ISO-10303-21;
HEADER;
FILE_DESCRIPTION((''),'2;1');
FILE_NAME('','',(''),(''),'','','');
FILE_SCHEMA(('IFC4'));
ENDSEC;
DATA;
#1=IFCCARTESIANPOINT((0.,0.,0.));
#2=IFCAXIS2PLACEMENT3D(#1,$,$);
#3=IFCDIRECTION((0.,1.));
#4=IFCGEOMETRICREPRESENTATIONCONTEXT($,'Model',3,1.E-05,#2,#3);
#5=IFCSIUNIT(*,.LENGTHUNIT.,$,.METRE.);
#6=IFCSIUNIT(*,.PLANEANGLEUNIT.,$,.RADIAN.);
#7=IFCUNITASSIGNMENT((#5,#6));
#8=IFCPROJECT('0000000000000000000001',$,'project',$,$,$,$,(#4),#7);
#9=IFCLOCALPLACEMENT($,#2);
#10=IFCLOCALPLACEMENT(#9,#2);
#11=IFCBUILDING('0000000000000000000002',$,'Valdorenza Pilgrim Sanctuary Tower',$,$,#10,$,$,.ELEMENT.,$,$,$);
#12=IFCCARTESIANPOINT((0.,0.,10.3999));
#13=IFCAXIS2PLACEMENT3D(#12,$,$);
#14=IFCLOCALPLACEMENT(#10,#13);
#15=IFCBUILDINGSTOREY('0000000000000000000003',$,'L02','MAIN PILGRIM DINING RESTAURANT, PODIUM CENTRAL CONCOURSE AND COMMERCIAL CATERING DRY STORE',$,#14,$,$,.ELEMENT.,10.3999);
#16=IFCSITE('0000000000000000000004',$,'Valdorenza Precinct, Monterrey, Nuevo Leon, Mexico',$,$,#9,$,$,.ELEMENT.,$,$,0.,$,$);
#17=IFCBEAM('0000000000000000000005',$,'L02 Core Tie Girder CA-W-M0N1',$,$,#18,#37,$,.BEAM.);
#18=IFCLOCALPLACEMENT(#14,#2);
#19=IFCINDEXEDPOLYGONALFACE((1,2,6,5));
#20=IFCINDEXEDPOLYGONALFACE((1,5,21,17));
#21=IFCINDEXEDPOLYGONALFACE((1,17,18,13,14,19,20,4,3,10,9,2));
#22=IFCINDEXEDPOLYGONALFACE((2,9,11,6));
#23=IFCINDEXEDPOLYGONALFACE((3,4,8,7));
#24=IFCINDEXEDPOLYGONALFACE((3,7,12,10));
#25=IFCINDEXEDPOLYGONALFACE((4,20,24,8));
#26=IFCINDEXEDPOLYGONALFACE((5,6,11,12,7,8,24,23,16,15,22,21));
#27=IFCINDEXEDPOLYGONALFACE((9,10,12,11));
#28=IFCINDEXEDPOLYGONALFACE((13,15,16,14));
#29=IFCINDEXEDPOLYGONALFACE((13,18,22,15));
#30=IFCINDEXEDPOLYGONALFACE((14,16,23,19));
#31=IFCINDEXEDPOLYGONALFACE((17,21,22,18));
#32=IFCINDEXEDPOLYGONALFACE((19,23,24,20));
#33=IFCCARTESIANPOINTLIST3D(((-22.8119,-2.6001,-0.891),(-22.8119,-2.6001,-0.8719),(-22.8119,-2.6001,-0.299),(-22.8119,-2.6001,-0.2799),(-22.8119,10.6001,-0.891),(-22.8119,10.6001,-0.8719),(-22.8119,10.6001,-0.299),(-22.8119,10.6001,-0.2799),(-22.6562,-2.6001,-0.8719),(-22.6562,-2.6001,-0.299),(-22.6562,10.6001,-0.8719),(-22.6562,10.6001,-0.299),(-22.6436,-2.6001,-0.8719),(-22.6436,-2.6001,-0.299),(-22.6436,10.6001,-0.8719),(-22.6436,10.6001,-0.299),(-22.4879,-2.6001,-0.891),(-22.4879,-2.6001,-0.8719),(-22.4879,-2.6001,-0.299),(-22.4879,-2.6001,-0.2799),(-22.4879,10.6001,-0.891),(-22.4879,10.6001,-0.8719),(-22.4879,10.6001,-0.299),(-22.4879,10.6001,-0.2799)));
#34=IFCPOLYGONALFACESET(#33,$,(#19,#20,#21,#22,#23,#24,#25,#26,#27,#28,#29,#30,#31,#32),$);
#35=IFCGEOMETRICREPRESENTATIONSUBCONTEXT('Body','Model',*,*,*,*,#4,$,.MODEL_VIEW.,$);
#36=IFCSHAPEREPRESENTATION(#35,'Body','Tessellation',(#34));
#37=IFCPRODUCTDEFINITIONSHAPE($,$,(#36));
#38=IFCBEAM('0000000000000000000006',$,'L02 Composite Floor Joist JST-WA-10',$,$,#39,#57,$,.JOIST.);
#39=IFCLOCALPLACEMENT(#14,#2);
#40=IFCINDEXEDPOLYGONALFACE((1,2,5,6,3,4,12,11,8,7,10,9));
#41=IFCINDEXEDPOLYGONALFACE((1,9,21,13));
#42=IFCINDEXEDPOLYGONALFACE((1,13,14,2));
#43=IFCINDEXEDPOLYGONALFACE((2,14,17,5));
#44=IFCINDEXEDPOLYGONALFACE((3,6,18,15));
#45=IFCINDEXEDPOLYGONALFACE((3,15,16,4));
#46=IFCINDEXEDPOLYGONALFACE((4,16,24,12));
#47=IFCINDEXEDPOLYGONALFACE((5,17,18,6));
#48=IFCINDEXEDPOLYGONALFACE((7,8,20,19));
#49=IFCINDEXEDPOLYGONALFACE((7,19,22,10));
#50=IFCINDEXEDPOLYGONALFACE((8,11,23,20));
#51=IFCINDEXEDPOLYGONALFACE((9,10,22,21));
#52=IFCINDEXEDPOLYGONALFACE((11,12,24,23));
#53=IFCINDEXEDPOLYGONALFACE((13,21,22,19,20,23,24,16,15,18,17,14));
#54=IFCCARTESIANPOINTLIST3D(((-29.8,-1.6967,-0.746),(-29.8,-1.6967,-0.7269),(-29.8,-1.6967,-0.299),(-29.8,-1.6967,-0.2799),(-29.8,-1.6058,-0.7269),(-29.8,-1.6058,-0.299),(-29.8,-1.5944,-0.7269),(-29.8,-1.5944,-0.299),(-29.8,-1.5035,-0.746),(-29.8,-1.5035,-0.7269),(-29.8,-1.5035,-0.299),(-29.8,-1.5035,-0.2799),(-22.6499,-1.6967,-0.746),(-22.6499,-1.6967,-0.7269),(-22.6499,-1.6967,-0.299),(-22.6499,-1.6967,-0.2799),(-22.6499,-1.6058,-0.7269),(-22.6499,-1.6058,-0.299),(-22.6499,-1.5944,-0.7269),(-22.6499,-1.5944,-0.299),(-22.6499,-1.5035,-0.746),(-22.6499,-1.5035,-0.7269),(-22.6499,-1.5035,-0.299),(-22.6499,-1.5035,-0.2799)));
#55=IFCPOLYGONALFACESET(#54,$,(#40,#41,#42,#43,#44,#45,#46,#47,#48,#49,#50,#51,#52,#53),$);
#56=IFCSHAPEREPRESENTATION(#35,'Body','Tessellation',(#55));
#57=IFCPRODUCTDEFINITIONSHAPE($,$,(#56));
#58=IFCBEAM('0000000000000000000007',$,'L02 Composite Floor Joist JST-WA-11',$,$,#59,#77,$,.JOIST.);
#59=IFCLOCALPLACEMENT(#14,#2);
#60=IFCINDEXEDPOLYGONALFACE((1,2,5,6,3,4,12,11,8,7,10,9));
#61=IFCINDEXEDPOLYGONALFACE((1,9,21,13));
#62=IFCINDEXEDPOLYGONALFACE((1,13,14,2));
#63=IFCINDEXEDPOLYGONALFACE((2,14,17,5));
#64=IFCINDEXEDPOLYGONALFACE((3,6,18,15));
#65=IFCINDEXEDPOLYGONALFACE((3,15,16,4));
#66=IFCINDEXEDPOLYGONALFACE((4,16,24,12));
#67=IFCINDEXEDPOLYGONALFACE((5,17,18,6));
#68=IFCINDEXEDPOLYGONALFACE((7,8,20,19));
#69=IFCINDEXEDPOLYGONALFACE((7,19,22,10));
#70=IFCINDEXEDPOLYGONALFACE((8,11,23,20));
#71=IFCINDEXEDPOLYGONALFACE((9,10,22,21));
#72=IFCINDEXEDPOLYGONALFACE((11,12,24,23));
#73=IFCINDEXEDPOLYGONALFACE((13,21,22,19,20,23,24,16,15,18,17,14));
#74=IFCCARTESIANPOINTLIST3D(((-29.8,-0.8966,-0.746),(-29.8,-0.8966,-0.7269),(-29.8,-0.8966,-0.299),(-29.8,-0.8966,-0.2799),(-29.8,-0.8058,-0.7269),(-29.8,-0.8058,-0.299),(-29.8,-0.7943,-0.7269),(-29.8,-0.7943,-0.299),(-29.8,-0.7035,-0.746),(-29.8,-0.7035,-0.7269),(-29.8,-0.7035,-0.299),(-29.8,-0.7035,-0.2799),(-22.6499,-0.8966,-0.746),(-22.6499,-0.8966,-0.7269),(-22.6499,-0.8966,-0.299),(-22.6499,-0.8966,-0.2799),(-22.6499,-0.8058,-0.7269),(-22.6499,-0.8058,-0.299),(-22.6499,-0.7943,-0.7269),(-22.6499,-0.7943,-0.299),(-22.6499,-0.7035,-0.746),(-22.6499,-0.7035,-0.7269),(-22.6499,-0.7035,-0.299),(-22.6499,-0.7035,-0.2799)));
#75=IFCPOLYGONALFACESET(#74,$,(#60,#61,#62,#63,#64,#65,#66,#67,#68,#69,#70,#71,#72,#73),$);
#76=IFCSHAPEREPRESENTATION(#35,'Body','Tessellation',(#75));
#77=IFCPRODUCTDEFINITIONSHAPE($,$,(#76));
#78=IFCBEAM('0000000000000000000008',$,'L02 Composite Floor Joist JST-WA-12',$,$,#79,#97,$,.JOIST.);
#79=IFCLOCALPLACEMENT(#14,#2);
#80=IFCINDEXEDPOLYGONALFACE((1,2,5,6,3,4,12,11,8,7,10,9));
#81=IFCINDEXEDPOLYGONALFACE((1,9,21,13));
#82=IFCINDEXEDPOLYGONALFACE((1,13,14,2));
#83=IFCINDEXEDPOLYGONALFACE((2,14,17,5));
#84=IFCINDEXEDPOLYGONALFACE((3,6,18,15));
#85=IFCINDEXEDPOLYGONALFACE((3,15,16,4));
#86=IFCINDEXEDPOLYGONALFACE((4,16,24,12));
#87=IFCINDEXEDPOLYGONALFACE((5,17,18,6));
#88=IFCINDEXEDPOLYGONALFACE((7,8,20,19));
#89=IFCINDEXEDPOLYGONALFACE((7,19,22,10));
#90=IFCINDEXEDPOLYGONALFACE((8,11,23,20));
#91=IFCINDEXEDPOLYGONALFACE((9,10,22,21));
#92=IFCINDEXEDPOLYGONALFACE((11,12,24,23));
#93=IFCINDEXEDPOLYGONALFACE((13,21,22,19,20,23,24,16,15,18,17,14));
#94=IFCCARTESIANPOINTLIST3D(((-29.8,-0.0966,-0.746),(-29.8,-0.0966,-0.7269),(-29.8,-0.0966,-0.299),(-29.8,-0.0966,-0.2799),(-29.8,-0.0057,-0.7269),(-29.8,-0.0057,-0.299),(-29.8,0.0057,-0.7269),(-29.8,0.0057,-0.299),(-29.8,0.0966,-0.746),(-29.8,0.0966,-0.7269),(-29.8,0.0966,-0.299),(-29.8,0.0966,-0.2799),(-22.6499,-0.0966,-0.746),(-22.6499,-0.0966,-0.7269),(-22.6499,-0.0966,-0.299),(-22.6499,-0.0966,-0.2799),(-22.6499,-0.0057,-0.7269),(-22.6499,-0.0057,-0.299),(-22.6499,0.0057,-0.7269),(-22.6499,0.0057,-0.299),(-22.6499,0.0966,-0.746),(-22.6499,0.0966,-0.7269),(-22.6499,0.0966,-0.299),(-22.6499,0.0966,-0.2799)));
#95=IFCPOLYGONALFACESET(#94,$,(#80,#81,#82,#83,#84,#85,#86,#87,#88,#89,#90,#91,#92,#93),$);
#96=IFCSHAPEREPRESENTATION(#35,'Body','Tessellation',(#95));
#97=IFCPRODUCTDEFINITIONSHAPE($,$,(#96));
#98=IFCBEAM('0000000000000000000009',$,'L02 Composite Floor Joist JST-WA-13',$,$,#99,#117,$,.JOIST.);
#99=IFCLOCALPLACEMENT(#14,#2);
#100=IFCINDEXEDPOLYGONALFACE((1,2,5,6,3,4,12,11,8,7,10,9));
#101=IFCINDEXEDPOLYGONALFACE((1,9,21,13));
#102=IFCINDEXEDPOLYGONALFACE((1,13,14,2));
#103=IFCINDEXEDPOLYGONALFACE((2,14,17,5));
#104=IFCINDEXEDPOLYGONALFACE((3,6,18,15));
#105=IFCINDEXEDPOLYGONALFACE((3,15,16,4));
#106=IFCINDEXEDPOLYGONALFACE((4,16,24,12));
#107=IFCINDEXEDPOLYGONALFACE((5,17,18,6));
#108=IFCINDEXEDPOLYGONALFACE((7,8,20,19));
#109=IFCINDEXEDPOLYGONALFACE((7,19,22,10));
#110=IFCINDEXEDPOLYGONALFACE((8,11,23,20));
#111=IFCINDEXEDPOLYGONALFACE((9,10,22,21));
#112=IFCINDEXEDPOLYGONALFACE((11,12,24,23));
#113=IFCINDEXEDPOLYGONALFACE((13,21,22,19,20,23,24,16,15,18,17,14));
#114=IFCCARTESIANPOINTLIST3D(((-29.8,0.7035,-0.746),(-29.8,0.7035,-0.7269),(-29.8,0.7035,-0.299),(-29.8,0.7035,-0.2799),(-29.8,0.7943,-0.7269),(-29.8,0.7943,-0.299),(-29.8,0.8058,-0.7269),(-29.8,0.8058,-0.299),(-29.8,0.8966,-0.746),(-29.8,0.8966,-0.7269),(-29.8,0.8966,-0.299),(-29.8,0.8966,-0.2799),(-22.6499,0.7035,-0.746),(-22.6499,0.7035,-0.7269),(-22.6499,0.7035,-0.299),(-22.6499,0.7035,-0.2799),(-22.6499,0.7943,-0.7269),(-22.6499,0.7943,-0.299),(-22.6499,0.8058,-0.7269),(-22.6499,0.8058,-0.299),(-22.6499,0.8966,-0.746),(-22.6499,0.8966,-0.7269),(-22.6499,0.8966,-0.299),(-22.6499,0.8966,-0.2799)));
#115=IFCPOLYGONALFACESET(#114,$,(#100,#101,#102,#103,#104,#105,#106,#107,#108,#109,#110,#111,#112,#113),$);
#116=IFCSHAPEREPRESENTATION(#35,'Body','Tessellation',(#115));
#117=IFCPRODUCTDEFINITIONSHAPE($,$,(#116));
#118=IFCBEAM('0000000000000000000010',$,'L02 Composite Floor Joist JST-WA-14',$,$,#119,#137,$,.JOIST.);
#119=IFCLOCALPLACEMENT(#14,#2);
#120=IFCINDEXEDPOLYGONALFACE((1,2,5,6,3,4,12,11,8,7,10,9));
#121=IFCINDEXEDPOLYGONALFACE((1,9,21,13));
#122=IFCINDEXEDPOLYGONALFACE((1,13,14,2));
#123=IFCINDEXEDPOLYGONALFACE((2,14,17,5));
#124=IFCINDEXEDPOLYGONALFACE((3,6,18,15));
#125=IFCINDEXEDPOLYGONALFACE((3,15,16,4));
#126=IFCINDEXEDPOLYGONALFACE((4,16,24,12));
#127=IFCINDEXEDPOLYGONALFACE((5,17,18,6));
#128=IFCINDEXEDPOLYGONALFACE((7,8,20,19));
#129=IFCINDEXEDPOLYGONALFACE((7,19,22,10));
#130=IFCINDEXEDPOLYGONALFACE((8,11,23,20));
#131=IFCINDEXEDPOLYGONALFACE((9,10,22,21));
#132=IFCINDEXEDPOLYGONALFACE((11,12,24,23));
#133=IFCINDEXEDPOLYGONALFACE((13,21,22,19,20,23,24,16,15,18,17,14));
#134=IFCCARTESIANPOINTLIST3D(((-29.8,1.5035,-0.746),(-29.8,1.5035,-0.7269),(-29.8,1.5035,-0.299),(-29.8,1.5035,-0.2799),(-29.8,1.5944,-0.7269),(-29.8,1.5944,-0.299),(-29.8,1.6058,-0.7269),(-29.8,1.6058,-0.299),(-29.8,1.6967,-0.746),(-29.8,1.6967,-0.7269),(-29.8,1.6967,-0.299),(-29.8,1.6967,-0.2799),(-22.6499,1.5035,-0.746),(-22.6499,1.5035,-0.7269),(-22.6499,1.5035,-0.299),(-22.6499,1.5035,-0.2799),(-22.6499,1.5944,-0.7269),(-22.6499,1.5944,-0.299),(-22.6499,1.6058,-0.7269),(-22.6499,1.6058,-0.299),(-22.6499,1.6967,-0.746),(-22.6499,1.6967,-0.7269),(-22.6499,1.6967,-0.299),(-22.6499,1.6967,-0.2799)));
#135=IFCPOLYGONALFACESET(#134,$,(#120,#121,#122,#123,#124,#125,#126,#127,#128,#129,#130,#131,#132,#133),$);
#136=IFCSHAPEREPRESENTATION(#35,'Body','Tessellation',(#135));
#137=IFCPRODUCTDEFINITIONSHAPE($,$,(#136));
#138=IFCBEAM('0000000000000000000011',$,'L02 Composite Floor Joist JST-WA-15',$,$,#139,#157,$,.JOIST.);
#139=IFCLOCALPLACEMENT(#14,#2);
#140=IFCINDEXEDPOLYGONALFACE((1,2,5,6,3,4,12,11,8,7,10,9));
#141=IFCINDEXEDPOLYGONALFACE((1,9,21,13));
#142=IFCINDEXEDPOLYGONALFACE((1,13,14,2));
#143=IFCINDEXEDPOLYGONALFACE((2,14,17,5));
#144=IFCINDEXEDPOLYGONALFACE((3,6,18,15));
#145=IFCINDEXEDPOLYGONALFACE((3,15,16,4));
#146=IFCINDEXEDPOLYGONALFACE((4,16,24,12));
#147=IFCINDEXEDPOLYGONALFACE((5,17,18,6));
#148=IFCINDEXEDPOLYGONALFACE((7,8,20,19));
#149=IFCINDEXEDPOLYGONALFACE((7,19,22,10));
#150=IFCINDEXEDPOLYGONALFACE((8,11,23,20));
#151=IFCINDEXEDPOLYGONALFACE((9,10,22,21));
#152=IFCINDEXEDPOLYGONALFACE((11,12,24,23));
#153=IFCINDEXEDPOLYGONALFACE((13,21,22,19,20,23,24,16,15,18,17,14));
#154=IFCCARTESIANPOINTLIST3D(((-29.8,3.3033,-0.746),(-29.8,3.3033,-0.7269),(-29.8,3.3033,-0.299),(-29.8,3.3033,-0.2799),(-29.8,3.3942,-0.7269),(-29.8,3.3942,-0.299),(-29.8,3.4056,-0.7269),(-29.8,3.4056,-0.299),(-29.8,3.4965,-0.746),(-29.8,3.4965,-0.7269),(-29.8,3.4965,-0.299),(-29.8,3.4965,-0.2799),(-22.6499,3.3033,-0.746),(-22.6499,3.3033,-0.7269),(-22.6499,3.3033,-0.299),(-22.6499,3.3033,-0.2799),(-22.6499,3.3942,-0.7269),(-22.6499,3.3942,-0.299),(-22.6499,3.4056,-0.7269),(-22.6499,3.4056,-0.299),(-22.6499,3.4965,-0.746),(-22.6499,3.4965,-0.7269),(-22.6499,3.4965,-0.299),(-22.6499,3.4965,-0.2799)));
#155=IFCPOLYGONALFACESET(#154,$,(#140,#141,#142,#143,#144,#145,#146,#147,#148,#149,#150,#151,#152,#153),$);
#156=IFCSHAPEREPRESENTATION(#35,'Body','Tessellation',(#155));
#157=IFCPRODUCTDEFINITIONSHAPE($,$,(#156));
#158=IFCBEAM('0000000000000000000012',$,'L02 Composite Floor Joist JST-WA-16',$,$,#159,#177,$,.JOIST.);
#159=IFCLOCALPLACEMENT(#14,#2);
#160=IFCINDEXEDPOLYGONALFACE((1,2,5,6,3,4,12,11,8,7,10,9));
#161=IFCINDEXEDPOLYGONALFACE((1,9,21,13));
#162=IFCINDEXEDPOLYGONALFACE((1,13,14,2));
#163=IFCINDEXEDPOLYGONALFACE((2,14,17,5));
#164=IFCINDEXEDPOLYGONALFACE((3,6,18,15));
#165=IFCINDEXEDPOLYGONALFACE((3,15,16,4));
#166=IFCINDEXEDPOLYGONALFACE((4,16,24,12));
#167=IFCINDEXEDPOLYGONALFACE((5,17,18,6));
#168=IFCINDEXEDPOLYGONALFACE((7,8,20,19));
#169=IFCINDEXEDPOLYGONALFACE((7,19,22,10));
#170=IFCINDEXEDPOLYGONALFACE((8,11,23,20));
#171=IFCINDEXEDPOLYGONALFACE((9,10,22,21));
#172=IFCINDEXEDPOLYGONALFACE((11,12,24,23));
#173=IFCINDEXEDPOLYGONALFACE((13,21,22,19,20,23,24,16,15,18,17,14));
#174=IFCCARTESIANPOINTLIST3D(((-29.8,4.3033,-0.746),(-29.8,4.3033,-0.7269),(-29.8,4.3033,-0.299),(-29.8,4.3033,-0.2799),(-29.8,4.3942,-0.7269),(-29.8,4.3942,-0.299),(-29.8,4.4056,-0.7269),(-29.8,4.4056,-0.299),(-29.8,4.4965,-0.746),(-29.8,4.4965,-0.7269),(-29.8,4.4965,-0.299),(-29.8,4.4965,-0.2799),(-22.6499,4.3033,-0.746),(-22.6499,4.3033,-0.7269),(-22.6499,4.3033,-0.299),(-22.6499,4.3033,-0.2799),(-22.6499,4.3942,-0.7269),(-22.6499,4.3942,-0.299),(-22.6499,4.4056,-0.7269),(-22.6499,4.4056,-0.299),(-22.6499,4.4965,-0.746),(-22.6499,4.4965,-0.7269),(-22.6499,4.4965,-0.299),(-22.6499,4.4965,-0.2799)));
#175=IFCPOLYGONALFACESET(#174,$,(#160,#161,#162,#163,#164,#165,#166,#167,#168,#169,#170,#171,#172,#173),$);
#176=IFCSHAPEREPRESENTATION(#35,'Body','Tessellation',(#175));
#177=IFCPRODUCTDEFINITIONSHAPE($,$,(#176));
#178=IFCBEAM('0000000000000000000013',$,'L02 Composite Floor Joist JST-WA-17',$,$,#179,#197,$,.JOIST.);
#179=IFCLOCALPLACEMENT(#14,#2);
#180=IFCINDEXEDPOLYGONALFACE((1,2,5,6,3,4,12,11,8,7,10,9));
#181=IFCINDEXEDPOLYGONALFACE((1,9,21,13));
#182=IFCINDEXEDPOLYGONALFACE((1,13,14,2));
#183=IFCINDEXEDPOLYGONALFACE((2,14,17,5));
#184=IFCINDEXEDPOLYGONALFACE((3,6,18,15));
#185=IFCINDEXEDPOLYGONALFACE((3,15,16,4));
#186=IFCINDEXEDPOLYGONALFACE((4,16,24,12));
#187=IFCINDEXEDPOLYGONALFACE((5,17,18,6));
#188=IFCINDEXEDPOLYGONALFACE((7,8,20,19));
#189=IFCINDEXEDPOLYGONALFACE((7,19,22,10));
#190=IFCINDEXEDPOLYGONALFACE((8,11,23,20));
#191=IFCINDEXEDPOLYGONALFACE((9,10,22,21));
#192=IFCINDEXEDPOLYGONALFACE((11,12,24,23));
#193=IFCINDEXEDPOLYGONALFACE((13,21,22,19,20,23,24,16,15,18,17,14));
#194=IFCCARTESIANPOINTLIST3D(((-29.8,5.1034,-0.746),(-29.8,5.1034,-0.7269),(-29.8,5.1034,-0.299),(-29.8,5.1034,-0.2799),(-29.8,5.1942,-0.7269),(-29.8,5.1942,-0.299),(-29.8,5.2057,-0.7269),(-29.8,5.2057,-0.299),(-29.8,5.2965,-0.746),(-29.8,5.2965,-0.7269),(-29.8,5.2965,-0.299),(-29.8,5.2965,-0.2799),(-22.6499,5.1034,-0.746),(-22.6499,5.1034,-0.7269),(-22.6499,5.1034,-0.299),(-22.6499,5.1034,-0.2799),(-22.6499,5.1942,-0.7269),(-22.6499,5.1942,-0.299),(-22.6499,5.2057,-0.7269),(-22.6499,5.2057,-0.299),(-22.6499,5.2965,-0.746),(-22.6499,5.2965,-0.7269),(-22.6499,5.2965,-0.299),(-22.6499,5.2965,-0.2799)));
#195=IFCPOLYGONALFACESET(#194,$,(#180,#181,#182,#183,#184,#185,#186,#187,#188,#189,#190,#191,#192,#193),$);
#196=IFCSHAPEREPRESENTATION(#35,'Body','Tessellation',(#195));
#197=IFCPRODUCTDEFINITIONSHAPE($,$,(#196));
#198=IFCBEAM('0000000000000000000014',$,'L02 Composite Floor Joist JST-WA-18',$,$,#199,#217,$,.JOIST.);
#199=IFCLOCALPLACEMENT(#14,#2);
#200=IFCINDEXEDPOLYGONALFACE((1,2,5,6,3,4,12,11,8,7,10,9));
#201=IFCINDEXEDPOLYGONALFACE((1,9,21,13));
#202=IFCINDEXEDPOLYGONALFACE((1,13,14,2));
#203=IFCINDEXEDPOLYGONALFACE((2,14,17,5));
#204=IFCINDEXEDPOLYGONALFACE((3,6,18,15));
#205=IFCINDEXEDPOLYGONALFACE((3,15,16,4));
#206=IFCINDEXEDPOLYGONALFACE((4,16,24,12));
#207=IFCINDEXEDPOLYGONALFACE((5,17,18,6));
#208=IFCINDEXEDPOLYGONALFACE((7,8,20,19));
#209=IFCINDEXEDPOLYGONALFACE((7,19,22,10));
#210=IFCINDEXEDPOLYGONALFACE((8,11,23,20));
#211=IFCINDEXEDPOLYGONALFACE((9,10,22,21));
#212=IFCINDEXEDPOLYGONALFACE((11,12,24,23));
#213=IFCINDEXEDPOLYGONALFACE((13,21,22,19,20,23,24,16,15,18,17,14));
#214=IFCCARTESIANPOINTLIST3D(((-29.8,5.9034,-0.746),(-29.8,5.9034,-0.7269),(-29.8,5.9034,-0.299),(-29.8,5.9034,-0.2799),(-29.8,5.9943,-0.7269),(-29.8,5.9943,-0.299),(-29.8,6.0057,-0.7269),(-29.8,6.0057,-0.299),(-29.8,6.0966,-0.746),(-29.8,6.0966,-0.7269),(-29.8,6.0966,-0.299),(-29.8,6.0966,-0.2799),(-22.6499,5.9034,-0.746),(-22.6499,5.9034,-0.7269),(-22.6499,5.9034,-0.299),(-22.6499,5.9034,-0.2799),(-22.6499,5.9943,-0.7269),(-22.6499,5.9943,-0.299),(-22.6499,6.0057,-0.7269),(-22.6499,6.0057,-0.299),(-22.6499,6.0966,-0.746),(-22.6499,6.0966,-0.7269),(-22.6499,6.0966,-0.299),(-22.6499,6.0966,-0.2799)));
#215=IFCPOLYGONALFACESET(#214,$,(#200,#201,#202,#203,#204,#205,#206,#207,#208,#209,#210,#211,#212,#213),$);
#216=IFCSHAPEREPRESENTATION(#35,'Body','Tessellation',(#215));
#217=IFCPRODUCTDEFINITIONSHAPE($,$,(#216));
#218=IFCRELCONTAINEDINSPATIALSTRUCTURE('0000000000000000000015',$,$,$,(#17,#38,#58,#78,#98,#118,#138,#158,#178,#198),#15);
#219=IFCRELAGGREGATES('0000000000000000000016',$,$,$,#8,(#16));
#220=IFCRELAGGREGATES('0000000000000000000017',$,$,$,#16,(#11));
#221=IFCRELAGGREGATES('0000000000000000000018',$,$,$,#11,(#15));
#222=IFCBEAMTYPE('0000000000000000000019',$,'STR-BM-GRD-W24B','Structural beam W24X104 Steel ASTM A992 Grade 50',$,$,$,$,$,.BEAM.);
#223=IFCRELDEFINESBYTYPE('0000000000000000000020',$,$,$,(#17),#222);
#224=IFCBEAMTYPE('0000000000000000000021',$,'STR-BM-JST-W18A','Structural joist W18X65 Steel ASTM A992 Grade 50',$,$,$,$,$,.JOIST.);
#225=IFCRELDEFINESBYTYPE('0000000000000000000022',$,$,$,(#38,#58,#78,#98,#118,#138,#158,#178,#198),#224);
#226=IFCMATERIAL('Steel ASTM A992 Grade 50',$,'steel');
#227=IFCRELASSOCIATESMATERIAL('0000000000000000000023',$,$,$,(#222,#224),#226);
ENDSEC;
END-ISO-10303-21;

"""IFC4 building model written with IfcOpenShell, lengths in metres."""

from ifc_helpers import new_model, si_unit, direction, frame, origin, origin_2d, place, context, subcontext, project, spatial, i_section, extrude, source, transform, mapped, material, material_profile, profile_set, type_object, element, save


model = new_model("IFC4")

# Units and contexts
model_context = context("Model", 3, precision=1e-05, world=origin(), true_north=direction((0.0, 1.0)))
body_context = subcontext(model_context, "Body", "Model", "MODEL_VIEW")
ifc_project = project(units=[si_unit("LENGTHUNIT", "METRE"), si_unit("PLANEANGLEUNIT", "RADIAN")], contexts=[model_context])

# Site, building, storey
site_placement = place(None, origin())
site = spatial("IfcSite", under=ifc_project, at=site_placement, Name="Valdorenza Precinct, Monterrey, Nuevo Leon, Mexico", CompositionType="ELEMENT", RefElevation=0.0)
building_placement = place(site_placement, origin())
building = spatial("IfcBuilding", under=site, at=building_placement, Name="Valdorenza Pilgrim Sanctuary Tower", CompositionType="ELEMENT")
storey_placement = place(building_placement, frame((0.0, 0.0, 10.3999)))
storey = spatial("IfcBuildingStorey", under=building, at=storey_placement, Name="L02", Description="MAIN PILGRIM DINING RESTAURANT, PODIUM CENTRAL CONCOURSE AND COMMERCIAL CATERING DRY STORE", CompositionType="ELEMENT", Elevation=10.3999)

# Beams
ifc_material_1 = material(Name="Steel ASTM A992 Grade 50", Category="steel")
ifc_material_profile_1 = material_profile(ifc_material_1, i_section(OverallWidth=0.324, OverallDepth=0.6111, WebThickness=0.0127, FlangeThickness=0.019, at=origin_2d()), Name="W24X104")
ifc_profile_set_1 = profile_set([ifc_material_profile_1], Name="Steel ASTM A992 Grade 50")
beam_type_1 = type_object("IfcBeamType", Name="STR-BM-GRD-W24B", Description="Structural beam W24X104 Steel ASTM A992 Grade 50", PredefinedType="BEAM", material=ifc_profile_set_1)
shared_shape_1 = source(origin(), body_context, "Body", "SweptSolid", [
    extrude(i_section(OverallWidth=0.324, OverallDepth=0.6111, WebThickness=0.0127, FlangeThickness=0.019, at=origin_2d()), origin(), (0.0, 0.0, 1.0), 13.2002),
])
beam_placement = place(storey_placement, frame((-22.6499, -2.6001, -0.5854), z_axis=(0.0, 1.0, 0.0), x_axis=(-1.0, 0.0, 0.0)))
element("IfcBeam", 1, at=beam_placement, inside=storey, type_object=beam_type_1, Name="L02 Core Tie Girder CA-W-M0N1", PredefinedType="BEAM", context=body_context, shape_type="MappedRepresentation", body=[
    mapped(shared_shape_1, transform((0.0, 0.0, 0.0), x_axis=(1.0, 0.0, 0.0), y_axis=(0.0, 1.0, 0.0), z_axis=(0.0, 0.0, 1.0), scale=1.0)),
])
ifc_material_profile_2 = material_profile(ifc_material_1, i_section(OverallWidth=0.1931, OverallDepth=0.4661, WebThickness=0.0115, FlangeThickness=0.019, at=origin_2d()), Name="W18X65")
ifc_profile_set_2 = profile_set([ifc_material_profile_2], Name="Steel ASTM A992 Grade 50")
beam_type_2 = type_object("IfcBeamType", Name="STR-BM-JST-W18A", Description="Structural joist W18X65 Steel ASTM A992 Grade 50", PredefinedType="JOIST", material=ifc_profile_set_2)
shared_shape_2 = source(origin(), body_context, "Body", "SweptSolid", [
    extrude(i_section(OverallWidth=0.1931, OverallDepth=0.4661, WebThickness=0.0115, FlangeThickness=0.019, at=origin_2d()), origin(), (0.0, 0.0, 1.0), 7.1501),
])
for number, where, z_axis, x_axis, name in (
    (2, (-29.8, -1.6001, -0.5129), (1.0, 0.0, 0.0), (0.0, 1.0, 0.0), "L02 Composite Floor Joist JST-WA-10"),
    (3, (-29.8, -0.8, -0.5129), (1.0, 0.0, 0.0), (0.0, 1.0, 0.0), "L02 Composite Floor Joist JST-WA-11"),
    (4, (-29.8, 0.0, -0.5129), (1.0, 0.0, 0.0), (0.0, 1.0, 0.0), "L02 Composite Floor Joist JST-WA-12"),
    (5, (-29.8, 0.8, -0.5129), (1.0, 0.0, 0.0), (0.0, 1.0, 0.0), "L02 Composite Floor Joist JST-WA-13"),
    (6, (-29.8, 1.6001, -0.5129), (1.0, 0.0, 0.0), (0.0, 1.0, 0.0), "L02 Composite Floor Joist JST-WA-14"),
    (7, (-29.8, 3.3999, -0.5129), (1.0, 0.0, 0.0), (0.0, 1.0, 0.0), "L02 Composite Floor Joist JST-WA-15"),
    (8, (-29.8, 4.3999, -0.5129), (1.0, 0.0, 0.0), (0.0, 1.0, 0.0), "L02 Composite Floor Joist JST-WA-16"),
    (9, (-29.8, 5.2, -0.5129), (1.0, 0.0, 0.0), (0.0, 1.0, 0.0), "L02 Composite Floor Joist JST-WA-17"),
    (10, (-29.8, 6.0, -0.5129), (1.0, 0.0, 0.0), (0.0, 1.0, 0.0), "L02 Composite Floor Joist JST-WA-18"),
):
    element("IfcBeam", number, at=place(storey_placement, frame(where, z_axis=z_axis, x_axis=x_axis)), inside=storey, type_object=beam_type_2, Name=name, PredefinedType="JOIST", context=body_context, shape_type="MappedRepresentation", body=[
        mapped(shared_shape_2, transform((0.0, 0.0, 0.0), x_axis=(1.0, 0.0, 0.0), y_axis=(0.0, 1.0, 0.0), z_axis=(0.0, 0.0, 1.0), scale=1.0)),
    ])

save(model, "model.ifc")
